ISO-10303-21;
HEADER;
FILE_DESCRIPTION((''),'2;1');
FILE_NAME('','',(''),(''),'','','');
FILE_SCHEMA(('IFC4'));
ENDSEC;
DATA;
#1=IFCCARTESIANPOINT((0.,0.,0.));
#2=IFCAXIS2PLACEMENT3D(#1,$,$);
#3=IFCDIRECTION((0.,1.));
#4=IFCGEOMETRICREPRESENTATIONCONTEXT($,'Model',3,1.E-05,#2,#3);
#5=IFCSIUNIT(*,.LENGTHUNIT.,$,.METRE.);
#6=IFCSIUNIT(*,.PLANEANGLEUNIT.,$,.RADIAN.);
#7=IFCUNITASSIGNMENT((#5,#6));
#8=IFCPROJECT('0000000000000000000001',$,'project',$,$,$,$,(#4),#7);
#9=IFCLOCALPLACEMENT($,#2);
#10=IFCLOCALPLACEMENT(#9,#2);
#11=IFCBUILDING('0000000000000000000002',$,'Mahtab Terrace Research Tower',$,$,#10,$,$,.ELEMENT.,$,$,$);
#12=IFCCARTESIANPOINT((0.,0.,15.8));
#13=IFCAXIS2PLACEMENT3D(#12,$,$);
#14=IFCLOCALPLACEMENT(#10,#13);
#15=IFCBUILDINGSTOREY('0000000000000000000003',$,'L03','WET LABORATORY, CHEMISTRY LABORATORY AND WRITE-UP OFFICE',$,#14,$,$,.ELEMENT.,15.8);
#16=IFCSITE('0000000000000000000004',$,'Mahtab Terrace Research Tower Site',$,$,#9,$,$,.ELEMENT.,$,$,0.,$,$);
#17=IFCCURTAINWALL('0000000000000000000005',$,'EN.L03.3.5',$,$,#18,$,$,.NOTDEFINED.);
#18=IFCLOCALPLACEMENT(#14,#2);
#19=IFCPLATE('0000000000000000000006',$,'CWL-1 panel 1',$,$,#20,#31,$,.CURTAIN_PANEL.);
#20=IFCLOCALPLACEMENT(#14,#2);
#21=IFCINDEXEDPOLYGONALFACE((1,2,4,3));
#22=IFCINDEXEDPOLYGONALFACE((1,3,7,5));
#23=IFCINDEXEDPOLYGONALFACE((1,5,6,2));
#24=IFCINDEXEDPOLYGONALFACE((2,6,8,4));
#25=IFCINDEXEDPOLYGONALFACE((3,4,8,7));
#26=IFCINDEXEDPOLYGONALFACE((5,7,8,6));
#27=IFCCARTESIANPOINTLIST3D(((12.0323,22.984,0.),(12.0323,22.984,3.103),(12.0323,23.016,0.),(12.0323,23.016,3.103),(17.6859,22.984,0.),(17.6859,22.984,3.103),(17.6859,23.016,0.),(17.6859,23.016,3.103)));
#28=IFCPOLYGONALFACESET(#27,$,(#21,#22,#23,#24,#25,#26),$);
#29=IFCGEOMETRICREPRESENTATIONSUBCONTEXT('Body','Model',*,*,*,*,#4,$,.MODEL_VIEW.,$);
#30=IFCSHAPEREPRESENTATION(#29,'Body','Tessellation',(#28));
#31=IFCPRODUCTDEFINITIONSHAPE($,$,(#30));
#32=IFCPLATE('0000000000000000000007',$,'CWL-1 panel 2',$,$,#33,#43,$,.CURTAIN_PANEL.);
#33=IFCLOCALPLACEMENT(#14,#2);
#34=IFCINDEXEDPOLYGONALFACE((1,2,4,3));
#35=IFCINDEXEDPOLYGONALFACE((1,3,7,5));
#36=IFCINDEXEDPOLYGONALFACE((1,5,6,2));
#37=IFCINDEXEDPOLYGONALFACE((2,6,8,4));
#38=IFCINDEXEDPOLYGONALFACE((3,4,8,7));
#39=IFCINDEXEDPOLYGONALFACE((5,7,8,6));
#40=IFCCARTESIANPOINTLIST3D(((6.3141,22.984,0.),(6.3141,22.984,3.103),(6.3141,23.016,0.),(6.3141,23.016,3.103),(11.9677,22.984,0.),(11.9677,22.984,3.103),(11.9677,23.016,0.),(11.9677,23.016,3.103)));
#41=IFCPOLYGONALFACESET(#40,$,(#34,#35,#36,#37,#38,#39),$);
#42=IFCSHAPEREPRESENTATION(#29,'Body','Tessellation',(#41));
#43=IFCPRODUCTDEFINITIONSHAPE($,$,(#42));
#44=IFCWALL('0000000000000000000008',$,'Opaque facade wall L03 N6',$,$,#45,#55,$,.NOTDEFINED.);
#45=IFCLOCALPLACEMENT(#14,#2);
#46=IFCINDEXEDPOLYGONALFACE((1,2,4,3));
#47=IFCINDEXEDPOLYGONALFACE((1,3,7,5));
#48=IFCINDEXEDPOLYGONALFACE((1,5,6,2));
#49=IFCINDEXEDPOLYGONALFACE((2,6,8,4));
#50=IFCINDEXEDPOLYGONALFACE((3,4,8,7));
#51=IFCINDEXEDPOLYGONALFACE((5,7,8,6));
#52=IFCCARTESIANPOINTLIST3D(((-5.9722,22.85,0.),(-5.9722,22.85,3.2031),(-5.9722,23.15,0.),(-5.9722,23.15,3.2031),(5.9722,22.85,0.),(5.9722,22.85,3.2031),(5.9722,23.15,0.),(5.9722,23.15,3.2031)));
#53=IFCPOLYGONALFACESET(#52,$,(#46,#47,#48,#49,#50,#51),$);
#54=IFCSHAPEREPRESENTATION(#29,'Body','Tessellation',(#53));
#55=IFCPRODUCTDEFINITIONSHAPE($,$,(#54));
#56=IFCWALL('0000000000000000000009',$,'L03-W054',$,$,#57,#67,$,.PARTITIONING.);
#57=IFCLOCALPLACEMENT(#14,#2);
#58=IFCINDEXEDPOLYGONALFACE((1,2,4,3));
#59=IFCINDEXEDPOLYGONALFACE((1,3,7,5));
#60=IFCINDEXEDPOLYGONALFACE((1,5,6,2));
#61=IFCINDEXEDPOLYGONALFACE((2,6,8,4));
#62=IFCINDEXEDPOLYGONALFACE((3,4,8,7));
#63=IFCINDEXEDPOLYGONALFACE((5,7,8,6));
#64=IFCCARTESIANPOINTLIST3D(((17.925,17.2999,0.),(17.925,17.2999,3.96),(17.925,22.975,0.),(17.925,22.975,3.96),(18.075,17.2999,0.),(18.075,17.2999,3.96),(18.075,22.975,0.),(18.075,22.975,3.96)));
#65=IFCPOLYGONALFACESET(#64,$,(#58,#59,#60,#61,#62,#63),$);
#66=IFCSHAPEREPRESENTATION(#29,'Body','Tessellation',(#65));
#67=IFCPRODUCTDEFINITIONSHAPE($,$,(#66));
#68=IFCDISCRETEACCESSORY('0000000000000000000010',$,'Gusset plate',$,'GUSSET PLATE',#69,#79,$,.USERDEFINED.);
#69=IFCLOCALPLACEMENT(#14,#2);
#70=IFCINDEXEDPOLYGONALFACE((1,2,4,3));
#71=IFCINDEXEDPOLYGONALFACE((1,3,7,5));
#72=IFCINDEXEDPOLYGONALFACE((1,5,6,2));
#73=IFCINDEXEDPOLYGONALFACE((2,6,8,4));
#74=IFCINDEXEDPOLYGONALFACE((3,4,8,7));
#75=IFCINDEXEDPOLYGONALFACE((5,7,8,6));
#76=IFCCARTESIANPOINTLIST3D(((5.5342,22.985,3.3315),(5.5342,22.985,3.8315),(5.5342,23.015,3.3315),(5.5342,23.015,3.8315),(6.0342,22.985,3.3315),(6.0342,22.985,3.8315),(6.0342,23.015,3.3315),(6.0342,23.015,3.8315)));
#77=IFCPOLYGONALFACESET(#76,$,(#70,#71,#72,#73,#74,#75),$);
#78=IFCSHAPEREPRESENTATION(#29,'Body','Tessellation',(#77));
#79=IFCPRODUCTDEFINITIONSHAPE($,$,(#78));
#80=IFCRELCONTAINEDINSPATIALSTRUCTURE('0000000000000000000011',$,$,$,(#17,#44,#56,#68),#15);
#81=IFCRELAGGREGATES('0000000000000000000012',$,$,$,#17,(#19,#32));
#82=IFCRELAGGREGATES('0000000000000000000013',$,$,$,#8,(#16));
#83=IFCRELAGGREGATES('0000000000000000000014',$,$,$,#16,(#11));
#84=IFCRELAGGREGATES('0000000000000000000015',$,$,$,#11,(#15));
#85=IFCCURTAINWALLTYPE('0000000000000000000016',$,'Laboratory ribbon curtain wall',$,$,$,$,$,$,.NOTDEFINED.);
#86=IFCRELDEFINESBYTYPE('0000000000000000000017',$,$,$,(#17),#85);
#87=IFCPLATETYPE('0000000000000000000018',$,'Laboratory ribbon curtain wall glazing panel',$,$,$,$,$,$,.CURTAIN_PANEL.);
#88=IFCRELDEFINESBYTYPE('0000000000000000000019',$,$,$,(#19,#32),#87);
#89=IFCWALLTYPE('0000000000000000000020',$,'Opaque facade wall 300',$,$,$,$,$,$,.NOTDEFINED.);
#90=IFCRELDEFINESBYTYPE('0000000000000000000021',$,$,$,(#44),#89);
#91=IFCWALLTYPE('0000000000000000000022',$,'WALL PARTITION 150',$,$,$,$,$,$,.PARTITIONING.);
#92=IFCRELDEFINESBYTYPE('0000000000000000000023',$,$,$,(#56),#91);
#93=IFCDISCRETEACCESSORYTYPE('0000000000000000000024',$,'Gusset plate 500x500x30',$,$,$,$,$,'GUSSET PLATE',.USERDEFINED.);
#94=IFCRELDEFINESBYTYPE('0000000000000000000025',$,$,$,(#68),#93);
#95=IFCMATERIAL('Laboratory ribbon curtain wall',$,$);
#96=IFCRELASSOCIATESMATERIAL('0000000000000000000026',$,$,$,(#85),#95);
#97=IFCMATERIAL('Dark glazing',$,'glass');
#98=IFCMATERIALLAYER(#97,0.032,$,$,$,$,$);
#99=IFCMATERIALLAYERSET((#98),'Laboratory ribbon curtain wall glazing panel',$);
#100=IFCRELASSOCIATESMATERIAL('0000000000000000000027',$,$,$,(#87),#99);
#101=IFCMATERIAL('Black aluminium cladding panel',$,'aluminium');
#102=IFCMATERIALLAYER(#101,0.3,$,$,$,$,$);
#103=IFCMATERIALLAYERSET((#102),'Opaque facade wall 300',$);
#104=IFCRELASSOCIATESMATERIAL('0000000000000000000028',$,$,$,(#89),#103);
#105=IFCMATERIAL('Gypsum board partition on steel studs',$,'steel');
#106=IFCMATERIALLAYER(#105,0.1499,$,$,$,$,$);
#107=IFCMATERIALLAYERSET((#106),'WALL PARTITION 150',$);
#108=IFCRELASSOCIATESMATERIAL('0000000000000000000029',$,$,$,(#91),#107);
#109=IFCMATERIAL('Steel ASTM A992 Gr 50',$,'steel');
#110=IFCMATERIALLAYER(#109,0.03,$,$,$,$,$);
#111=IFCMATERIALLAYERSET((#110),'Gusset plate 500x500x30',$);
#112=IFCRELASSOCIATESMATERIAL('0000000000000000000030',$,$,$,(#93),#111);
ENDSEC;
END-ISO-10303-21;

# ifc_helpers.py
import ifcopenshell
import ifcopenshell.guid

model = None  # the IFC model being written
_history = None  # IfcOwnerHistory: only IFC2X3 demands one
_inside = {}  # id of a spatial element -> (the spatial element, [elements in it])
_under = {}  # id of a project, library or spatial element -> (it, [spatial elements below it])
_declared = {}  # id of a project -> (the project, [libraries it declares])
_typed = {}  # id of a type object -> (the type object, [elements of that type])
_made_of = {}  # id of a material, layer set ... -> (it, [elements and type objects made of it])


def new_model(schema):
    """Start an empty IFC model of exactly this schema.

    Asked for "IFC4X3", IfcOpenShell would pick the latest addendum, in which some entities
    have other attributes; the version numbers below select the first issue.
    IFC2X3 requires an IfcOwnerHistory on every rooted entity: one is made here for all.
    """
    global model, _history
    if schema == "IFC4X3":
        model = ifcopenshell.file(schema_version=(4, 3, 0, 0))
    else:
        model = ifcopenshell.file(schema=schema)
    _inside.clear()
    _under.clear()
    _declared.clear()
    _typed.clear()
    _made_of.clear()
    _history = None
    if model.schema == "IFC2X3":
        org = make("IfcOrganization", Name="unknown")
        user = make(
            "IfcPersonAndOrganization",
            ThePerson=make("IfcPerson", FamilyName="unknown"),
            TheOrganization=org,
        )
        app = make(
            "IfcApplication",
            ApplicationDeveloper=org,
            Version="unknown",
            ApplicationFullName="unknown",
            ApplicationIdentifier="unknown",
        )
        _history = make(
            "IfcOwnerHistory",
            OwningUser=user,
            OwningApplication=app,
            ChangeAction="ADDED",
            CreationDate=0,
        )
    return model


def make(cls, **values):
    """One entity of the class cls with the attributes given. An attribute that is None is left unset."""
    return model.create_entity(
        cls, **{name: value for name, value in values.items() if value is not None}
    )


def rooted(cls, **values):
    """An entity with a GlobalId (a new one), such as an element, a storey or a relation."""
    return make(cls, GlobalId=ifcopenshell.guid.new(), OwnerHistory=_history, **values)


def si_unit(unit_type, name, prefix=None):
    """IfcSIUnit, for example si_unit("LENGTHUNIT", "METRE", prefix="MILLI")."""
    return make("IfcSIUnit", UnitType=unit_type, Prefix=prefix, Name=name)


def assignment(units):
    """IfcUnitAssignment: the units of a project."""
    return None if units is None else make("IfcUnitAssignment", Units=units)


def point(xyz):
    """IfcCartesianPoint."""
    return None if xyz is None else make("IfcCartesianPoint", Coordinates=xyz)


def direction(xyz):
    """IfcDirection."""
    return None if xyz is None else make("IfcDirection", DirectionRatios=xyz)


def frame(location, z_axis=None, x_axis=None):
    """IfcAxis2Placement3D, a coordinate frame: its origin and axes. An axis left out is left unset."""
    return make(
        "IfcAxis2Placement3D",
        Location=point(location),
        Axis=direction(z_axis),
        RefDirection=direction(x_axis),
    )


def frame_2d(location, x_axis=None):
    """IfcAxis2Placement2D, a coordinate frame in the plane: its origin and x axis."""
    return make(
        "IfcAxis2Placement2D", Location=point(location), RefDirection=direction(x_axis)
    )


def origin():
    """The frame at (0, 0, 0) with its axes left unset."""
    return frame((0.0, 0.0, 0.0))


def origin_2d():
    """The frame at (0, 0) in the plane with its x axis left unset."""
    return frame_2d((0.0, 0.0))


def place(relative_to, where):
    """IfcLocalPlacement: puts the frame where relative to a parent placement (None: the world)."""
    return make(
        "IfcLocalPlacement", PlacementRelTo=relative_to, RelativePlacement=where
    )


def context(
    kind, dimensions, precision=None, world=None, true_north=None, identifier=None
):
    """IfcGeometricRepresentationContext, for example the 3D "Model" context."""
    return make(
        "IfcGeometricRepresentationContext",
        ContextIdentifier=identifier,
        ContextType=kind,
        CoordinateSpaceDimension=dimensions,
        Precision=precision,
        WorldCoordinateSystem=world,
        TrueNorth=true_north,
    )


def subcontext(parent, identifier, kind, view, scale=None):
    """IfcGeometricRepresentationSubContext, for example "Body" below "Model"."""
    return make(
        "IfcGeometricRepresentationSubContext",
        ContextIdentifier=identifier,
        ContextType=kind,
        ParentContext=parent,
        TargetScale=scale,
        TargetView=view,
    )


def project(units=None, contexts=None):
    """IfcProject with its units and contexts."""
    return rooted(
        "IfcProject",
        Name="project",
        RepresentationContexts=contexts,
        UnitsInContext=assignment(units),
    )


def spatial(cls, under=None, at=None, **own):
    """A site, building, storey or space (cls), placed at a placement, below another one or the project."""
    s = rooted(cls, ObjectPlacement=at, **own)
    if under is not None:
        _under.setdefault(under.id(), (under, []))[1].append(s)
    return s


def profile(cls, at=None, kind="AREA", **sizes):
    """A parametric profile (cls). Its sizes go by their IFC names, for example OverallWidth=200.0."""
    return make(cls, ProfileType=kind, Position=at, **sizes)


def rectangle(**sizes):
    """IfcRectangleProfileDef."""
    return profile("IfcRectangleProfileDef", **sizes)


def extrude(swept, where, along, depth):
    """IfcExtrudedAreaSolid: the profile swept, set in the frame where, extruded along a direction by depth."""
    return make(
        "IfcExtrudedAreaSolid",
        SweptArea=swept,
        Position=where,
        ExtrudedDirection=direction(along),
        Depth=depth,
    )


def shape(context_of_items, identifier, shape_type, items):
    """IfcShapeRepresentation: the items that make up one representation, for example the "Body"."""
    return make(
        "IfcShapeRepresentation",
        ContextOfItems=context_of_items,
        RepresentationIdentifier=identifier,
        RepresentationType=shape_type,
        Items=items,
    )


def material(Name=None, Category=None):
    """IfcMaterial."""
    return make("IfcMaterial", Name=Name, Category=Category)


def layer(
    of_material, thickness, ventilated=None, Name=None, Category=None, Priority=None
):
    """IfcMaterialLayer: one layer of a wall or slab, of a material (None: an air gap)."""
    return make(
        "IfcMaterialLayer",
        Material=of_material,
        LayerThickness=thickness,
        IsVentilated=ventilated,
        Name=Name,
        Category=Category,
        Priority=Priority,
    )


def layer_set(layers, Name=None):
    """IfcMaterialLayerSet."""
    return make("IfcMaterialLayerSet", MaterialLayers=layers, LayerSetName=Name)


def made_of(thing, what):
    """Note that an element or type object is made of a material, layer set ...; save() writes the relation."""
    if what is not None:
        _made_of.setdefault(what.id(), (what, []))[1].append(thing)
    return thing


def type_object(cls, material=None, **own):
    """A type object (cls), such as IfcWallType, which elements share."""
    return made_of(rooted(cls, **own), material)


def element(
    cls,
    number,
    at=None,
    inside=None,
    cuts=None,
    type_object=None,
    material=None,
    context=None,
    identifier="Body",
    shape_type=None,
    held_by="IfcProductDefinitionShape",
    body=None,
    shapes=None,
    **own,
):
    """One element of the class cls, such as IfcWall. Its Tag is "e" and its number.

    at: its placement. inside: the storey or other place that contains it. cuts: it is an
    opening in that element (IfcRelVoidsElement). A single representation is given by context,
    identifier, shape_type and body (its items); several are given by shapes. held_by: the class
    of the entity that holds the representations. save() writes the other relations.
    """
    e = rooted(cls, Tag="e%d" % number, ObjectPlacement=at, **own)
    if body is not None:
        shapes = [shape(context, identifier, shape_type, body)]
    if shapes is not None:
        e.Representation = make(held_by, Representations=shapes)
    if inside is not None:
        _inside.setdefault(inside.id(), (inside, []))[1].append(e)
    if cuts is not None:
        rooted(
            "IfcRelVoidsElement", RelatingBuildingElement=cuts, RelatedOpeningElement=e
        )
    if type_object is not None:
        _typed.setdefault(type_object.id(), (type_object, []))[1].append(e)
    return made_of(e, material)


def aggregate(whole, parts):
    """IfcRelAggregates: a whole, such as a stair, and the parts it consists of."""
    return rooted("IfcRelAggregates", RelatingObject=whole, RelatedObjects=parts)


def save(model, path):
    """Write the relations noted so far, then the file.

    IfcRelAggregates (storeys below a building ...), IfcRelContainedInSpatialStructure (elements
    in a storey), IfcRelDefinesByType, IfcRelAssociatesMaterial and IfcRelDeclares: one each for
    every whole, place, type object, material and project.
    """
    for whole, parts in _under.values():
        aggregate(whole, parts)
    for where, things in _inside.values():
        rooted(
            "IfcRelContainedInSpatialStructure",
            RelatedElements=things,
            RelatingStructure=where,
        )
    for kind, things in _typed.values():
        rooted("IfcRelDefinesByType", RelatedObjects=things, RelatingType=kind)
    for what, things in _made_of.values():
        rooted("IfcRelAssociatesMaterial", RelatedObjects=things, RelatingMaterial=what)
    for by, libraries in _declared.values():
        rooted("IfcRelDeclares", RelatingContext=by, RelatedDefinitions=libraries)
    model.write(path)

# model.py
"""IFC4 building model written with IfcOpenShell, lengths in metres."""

from ifc_helpers import new_model, si_unit, direction, frame, frame_2d, origin, origin_2d, place, context, subcontext, project, spatial, rectangle, extrude, material, layer, layer_set, type_object, element, aggregate, save


model = new_model("IFC4")

# Units and contexts
model_context = context("Model", 3, precision=1e-05, world=origin(), true_north=direction((0.0, 1.0)))
body_context = subcontext(model_context, "Body", "Model", "MODEL_VIEW")
ifc_project = project(units=[si_unit("LENGTHUNIT", "METRE"), si_unit("PLANEANGLEUNIT", "RADIAN")], contexts=[model_context])

# Site, building, storey
site_placement = place(None, origin())
site = spatial("IfcSite", under=ifc_project, at=site_placement, Name="Mahtab Terrace Research Tower Site", CompositionType="ELEMENT", RefElevation=0.0)
building_placement = place(site_placement, origin())
building = spatial("IfcBuilding", under=site, at=building_placement, Name="Mahtab Terrace Research Tower", CompositionType="ELEMENT")
storey_placement = place(building_placement, frame((0.0, 0.0, 15.8)))
storey = spatial("IfcBuildingStorey", under=building, at=storey_placement, Name="L03", Description="WET LABORATORY, CHEMISTRY LABORATORY AND WRITE-UP OFFICE", CompositionType="ELEMENT", Elevation=15.8)

# Shared definitions
ifc_material_1 = material(Name="Steel ASTM A992 Gr 50", Category="steel")

# Shared definitions
ifc_material_2 = material(Name="Laboratory ribbon curtain wall")
curtain_wall_type = type_object("IfcCurtainWallType", Name="Laboratory ribbon curtain wall", PredefinedType="NOTDEFINED", material=ifc_material_2)

# Curtain wall
curtain_wall_1_placement = place(storey_placement, origin())
curtain_wall_1 = element("IfcCurtainWall", 1, at=curtain_wall_1_placement, inside=storey, type_object=curtain_wall_type, Name="EN.L03.3.5", PredefinedType="NOTDEFINED")

# Plates
ifc_material_3 = material(Name="Dark glazing", Category="glass")
ifc_layer_1 = layer(ifc_material_3, 0.032)
ifc_layer_set_1 = layer_set([ifc_layer_1], Name="Laboratory ribbon curtain wall glazing panel")
plate_type = type_object("IfcPlateType", Name="Laboratory ribbon curtain wall glazing panel", PredefinedType="CURTAIN_PANEL", material=ifc_layer_set_1)
plate_1_placement = place(storey_placement, frame((14.8591, 23.0, 0.0), z_axis=(0.0, 0.0, 1.0), x_axis=(-1.0, 0.0, 0.0)))
plate_1 = element("IfcPlate", 2, at=plate_1_placement, type_object=plate_type, Name="CWL-1 panel 1", PredefinedType="CURTAIN_PANEL", context=body_context, shape_type="SweptSolid", body=[
    extrude(rectangle(XDim=5.6536, YDim=0.032, at=origin_2d()), origin(), (0.0, 0.0, 1.0), 3.103),
])
plate_2_placement = place(storey_placement, frame((9.1409, 23.0, 0.0), z_axis=(0.0, 0.0, 1.0), x_axis=(-1.0, 0.0, 0.0)))
plate_2 = element("IfcPlate", 3, at=plate_2_placement, type_object=plate_type, Name="CWL-1 panel 2", PredefinedType="CURTAIN_PANEL", context=body_context, shape_type="SweptSolid", body=[
    extrude(rectangle(XDim=5.6536, YDim=0.032, at=origin_2d()), origin(), (0.0, 0.0, 1.0), 3.103),
])
aggregate(curtain_wall_1, [plate_1, plate_2])

# Walls
ifc_material_4 = material(Name="Black aluminium cladding panel", Category="aluminium")
ifc_layer_2 = layer(ifc_material_4, 0.3)
ifc_layer_set_2 = layer_set([ifc_layer_2], Name="Opaque facade wall 300")
wall_type_1 = type_object("IfcWallType", Name="Opaque facade wall 300", PredefinedType="NOTDEFINED", material=ifc_layer_set_2)
wall_1_placement = place(storey_placement, frame((5.9722, 23.0, 0.0), z_axis=(0.0, 0.0, 1.0), x_axis=(-1.0, 0.0, 0.0)))
element("IfcWall", 4, at=wall_1_placement, inside=storey, type_object=wall_type_1, Name="Opaque facade wall L03 N6", PredefinedType="NOTDEFINED", context=body_context, shape_type="SweptSolid", body=[
    extrude(rectangle(XDim=11.9443, YDim=0.3, at=frame_2d((5.9722, 0.0))), origin(), (0.0, 0.0, 1.0), 3.2031),
])
ifc_material_5 = material(Name="Gypsum board partition on steel studs", Category="steel")
ifc_layer_3 = layer(ifc_material_5, 0.1499)
ifc_layer_set_3 = layer_set([ifc_layer_3], Name="WALL PARTITION 150")
wall_type_2 = type_object("IfcWallType", Name="WALL PARTITION 150", PredefinedType="PARTITIONING", material=ifc_layer_set_3)
wall_2_placement = place(storey_placement, frame((18.0, 17.3, 0.0), z_axis=(0.0, 0.0, 1.0), x_axis=(0.0, 1.0, 0.0)))
element("IfcWall", 5, at=wall_2_placement, inside=storey, type_object=wall_type_2, Name="L03-W054", PredefinedType="PARTITIONING", context=body_context, shape_type="SweptSolid", body=[
    extrude(rectangle(XDim=5.675, YDim=0.1499, at=frame_2d((2.8374, 0.0))), origin(), (0.0, 0.0, 1.0), 3.96),
])

# Discrete accessory
ifc_layer_4 = layer(ifc_material_1, 0.03)
ifc_layer_set_4 = layer_set([ifc_layer_4], Name="Gusset plate 500x500x30")
discrete_accessory_type = type_object("IfcDiscreteAccessoryType", Name="Gusset plate 500x500x30", ElementType="GUSSET PLATE", PredefinedType="USERDEFINED", material=ifc_layer_set_4)
discrete_accessory_placement = place(storey_placement, frame((5.7842, 23.0, 3.3315), z_axis=(0.0, 0.0, 1.0), x_axis=(1.0, 0.0, 0.0)))
element("IfcDiscreteAccessory", 6, at=discrete_accessory_placement, inside=storey, type_object=discrete_accessory_type, Name="Gusset plate", ObjectType="GUSSET PLATE", PredefinedType="USERDEFINED", context=body_context, shape_type="SweptSolid", body=[
    extrude(rectangle(XDim=0.5, YDim=0.03, at=origin_2d()), origin(), (0.0, 0.0, 1.0), 0.5),
])

save(model, "model.ifc")
